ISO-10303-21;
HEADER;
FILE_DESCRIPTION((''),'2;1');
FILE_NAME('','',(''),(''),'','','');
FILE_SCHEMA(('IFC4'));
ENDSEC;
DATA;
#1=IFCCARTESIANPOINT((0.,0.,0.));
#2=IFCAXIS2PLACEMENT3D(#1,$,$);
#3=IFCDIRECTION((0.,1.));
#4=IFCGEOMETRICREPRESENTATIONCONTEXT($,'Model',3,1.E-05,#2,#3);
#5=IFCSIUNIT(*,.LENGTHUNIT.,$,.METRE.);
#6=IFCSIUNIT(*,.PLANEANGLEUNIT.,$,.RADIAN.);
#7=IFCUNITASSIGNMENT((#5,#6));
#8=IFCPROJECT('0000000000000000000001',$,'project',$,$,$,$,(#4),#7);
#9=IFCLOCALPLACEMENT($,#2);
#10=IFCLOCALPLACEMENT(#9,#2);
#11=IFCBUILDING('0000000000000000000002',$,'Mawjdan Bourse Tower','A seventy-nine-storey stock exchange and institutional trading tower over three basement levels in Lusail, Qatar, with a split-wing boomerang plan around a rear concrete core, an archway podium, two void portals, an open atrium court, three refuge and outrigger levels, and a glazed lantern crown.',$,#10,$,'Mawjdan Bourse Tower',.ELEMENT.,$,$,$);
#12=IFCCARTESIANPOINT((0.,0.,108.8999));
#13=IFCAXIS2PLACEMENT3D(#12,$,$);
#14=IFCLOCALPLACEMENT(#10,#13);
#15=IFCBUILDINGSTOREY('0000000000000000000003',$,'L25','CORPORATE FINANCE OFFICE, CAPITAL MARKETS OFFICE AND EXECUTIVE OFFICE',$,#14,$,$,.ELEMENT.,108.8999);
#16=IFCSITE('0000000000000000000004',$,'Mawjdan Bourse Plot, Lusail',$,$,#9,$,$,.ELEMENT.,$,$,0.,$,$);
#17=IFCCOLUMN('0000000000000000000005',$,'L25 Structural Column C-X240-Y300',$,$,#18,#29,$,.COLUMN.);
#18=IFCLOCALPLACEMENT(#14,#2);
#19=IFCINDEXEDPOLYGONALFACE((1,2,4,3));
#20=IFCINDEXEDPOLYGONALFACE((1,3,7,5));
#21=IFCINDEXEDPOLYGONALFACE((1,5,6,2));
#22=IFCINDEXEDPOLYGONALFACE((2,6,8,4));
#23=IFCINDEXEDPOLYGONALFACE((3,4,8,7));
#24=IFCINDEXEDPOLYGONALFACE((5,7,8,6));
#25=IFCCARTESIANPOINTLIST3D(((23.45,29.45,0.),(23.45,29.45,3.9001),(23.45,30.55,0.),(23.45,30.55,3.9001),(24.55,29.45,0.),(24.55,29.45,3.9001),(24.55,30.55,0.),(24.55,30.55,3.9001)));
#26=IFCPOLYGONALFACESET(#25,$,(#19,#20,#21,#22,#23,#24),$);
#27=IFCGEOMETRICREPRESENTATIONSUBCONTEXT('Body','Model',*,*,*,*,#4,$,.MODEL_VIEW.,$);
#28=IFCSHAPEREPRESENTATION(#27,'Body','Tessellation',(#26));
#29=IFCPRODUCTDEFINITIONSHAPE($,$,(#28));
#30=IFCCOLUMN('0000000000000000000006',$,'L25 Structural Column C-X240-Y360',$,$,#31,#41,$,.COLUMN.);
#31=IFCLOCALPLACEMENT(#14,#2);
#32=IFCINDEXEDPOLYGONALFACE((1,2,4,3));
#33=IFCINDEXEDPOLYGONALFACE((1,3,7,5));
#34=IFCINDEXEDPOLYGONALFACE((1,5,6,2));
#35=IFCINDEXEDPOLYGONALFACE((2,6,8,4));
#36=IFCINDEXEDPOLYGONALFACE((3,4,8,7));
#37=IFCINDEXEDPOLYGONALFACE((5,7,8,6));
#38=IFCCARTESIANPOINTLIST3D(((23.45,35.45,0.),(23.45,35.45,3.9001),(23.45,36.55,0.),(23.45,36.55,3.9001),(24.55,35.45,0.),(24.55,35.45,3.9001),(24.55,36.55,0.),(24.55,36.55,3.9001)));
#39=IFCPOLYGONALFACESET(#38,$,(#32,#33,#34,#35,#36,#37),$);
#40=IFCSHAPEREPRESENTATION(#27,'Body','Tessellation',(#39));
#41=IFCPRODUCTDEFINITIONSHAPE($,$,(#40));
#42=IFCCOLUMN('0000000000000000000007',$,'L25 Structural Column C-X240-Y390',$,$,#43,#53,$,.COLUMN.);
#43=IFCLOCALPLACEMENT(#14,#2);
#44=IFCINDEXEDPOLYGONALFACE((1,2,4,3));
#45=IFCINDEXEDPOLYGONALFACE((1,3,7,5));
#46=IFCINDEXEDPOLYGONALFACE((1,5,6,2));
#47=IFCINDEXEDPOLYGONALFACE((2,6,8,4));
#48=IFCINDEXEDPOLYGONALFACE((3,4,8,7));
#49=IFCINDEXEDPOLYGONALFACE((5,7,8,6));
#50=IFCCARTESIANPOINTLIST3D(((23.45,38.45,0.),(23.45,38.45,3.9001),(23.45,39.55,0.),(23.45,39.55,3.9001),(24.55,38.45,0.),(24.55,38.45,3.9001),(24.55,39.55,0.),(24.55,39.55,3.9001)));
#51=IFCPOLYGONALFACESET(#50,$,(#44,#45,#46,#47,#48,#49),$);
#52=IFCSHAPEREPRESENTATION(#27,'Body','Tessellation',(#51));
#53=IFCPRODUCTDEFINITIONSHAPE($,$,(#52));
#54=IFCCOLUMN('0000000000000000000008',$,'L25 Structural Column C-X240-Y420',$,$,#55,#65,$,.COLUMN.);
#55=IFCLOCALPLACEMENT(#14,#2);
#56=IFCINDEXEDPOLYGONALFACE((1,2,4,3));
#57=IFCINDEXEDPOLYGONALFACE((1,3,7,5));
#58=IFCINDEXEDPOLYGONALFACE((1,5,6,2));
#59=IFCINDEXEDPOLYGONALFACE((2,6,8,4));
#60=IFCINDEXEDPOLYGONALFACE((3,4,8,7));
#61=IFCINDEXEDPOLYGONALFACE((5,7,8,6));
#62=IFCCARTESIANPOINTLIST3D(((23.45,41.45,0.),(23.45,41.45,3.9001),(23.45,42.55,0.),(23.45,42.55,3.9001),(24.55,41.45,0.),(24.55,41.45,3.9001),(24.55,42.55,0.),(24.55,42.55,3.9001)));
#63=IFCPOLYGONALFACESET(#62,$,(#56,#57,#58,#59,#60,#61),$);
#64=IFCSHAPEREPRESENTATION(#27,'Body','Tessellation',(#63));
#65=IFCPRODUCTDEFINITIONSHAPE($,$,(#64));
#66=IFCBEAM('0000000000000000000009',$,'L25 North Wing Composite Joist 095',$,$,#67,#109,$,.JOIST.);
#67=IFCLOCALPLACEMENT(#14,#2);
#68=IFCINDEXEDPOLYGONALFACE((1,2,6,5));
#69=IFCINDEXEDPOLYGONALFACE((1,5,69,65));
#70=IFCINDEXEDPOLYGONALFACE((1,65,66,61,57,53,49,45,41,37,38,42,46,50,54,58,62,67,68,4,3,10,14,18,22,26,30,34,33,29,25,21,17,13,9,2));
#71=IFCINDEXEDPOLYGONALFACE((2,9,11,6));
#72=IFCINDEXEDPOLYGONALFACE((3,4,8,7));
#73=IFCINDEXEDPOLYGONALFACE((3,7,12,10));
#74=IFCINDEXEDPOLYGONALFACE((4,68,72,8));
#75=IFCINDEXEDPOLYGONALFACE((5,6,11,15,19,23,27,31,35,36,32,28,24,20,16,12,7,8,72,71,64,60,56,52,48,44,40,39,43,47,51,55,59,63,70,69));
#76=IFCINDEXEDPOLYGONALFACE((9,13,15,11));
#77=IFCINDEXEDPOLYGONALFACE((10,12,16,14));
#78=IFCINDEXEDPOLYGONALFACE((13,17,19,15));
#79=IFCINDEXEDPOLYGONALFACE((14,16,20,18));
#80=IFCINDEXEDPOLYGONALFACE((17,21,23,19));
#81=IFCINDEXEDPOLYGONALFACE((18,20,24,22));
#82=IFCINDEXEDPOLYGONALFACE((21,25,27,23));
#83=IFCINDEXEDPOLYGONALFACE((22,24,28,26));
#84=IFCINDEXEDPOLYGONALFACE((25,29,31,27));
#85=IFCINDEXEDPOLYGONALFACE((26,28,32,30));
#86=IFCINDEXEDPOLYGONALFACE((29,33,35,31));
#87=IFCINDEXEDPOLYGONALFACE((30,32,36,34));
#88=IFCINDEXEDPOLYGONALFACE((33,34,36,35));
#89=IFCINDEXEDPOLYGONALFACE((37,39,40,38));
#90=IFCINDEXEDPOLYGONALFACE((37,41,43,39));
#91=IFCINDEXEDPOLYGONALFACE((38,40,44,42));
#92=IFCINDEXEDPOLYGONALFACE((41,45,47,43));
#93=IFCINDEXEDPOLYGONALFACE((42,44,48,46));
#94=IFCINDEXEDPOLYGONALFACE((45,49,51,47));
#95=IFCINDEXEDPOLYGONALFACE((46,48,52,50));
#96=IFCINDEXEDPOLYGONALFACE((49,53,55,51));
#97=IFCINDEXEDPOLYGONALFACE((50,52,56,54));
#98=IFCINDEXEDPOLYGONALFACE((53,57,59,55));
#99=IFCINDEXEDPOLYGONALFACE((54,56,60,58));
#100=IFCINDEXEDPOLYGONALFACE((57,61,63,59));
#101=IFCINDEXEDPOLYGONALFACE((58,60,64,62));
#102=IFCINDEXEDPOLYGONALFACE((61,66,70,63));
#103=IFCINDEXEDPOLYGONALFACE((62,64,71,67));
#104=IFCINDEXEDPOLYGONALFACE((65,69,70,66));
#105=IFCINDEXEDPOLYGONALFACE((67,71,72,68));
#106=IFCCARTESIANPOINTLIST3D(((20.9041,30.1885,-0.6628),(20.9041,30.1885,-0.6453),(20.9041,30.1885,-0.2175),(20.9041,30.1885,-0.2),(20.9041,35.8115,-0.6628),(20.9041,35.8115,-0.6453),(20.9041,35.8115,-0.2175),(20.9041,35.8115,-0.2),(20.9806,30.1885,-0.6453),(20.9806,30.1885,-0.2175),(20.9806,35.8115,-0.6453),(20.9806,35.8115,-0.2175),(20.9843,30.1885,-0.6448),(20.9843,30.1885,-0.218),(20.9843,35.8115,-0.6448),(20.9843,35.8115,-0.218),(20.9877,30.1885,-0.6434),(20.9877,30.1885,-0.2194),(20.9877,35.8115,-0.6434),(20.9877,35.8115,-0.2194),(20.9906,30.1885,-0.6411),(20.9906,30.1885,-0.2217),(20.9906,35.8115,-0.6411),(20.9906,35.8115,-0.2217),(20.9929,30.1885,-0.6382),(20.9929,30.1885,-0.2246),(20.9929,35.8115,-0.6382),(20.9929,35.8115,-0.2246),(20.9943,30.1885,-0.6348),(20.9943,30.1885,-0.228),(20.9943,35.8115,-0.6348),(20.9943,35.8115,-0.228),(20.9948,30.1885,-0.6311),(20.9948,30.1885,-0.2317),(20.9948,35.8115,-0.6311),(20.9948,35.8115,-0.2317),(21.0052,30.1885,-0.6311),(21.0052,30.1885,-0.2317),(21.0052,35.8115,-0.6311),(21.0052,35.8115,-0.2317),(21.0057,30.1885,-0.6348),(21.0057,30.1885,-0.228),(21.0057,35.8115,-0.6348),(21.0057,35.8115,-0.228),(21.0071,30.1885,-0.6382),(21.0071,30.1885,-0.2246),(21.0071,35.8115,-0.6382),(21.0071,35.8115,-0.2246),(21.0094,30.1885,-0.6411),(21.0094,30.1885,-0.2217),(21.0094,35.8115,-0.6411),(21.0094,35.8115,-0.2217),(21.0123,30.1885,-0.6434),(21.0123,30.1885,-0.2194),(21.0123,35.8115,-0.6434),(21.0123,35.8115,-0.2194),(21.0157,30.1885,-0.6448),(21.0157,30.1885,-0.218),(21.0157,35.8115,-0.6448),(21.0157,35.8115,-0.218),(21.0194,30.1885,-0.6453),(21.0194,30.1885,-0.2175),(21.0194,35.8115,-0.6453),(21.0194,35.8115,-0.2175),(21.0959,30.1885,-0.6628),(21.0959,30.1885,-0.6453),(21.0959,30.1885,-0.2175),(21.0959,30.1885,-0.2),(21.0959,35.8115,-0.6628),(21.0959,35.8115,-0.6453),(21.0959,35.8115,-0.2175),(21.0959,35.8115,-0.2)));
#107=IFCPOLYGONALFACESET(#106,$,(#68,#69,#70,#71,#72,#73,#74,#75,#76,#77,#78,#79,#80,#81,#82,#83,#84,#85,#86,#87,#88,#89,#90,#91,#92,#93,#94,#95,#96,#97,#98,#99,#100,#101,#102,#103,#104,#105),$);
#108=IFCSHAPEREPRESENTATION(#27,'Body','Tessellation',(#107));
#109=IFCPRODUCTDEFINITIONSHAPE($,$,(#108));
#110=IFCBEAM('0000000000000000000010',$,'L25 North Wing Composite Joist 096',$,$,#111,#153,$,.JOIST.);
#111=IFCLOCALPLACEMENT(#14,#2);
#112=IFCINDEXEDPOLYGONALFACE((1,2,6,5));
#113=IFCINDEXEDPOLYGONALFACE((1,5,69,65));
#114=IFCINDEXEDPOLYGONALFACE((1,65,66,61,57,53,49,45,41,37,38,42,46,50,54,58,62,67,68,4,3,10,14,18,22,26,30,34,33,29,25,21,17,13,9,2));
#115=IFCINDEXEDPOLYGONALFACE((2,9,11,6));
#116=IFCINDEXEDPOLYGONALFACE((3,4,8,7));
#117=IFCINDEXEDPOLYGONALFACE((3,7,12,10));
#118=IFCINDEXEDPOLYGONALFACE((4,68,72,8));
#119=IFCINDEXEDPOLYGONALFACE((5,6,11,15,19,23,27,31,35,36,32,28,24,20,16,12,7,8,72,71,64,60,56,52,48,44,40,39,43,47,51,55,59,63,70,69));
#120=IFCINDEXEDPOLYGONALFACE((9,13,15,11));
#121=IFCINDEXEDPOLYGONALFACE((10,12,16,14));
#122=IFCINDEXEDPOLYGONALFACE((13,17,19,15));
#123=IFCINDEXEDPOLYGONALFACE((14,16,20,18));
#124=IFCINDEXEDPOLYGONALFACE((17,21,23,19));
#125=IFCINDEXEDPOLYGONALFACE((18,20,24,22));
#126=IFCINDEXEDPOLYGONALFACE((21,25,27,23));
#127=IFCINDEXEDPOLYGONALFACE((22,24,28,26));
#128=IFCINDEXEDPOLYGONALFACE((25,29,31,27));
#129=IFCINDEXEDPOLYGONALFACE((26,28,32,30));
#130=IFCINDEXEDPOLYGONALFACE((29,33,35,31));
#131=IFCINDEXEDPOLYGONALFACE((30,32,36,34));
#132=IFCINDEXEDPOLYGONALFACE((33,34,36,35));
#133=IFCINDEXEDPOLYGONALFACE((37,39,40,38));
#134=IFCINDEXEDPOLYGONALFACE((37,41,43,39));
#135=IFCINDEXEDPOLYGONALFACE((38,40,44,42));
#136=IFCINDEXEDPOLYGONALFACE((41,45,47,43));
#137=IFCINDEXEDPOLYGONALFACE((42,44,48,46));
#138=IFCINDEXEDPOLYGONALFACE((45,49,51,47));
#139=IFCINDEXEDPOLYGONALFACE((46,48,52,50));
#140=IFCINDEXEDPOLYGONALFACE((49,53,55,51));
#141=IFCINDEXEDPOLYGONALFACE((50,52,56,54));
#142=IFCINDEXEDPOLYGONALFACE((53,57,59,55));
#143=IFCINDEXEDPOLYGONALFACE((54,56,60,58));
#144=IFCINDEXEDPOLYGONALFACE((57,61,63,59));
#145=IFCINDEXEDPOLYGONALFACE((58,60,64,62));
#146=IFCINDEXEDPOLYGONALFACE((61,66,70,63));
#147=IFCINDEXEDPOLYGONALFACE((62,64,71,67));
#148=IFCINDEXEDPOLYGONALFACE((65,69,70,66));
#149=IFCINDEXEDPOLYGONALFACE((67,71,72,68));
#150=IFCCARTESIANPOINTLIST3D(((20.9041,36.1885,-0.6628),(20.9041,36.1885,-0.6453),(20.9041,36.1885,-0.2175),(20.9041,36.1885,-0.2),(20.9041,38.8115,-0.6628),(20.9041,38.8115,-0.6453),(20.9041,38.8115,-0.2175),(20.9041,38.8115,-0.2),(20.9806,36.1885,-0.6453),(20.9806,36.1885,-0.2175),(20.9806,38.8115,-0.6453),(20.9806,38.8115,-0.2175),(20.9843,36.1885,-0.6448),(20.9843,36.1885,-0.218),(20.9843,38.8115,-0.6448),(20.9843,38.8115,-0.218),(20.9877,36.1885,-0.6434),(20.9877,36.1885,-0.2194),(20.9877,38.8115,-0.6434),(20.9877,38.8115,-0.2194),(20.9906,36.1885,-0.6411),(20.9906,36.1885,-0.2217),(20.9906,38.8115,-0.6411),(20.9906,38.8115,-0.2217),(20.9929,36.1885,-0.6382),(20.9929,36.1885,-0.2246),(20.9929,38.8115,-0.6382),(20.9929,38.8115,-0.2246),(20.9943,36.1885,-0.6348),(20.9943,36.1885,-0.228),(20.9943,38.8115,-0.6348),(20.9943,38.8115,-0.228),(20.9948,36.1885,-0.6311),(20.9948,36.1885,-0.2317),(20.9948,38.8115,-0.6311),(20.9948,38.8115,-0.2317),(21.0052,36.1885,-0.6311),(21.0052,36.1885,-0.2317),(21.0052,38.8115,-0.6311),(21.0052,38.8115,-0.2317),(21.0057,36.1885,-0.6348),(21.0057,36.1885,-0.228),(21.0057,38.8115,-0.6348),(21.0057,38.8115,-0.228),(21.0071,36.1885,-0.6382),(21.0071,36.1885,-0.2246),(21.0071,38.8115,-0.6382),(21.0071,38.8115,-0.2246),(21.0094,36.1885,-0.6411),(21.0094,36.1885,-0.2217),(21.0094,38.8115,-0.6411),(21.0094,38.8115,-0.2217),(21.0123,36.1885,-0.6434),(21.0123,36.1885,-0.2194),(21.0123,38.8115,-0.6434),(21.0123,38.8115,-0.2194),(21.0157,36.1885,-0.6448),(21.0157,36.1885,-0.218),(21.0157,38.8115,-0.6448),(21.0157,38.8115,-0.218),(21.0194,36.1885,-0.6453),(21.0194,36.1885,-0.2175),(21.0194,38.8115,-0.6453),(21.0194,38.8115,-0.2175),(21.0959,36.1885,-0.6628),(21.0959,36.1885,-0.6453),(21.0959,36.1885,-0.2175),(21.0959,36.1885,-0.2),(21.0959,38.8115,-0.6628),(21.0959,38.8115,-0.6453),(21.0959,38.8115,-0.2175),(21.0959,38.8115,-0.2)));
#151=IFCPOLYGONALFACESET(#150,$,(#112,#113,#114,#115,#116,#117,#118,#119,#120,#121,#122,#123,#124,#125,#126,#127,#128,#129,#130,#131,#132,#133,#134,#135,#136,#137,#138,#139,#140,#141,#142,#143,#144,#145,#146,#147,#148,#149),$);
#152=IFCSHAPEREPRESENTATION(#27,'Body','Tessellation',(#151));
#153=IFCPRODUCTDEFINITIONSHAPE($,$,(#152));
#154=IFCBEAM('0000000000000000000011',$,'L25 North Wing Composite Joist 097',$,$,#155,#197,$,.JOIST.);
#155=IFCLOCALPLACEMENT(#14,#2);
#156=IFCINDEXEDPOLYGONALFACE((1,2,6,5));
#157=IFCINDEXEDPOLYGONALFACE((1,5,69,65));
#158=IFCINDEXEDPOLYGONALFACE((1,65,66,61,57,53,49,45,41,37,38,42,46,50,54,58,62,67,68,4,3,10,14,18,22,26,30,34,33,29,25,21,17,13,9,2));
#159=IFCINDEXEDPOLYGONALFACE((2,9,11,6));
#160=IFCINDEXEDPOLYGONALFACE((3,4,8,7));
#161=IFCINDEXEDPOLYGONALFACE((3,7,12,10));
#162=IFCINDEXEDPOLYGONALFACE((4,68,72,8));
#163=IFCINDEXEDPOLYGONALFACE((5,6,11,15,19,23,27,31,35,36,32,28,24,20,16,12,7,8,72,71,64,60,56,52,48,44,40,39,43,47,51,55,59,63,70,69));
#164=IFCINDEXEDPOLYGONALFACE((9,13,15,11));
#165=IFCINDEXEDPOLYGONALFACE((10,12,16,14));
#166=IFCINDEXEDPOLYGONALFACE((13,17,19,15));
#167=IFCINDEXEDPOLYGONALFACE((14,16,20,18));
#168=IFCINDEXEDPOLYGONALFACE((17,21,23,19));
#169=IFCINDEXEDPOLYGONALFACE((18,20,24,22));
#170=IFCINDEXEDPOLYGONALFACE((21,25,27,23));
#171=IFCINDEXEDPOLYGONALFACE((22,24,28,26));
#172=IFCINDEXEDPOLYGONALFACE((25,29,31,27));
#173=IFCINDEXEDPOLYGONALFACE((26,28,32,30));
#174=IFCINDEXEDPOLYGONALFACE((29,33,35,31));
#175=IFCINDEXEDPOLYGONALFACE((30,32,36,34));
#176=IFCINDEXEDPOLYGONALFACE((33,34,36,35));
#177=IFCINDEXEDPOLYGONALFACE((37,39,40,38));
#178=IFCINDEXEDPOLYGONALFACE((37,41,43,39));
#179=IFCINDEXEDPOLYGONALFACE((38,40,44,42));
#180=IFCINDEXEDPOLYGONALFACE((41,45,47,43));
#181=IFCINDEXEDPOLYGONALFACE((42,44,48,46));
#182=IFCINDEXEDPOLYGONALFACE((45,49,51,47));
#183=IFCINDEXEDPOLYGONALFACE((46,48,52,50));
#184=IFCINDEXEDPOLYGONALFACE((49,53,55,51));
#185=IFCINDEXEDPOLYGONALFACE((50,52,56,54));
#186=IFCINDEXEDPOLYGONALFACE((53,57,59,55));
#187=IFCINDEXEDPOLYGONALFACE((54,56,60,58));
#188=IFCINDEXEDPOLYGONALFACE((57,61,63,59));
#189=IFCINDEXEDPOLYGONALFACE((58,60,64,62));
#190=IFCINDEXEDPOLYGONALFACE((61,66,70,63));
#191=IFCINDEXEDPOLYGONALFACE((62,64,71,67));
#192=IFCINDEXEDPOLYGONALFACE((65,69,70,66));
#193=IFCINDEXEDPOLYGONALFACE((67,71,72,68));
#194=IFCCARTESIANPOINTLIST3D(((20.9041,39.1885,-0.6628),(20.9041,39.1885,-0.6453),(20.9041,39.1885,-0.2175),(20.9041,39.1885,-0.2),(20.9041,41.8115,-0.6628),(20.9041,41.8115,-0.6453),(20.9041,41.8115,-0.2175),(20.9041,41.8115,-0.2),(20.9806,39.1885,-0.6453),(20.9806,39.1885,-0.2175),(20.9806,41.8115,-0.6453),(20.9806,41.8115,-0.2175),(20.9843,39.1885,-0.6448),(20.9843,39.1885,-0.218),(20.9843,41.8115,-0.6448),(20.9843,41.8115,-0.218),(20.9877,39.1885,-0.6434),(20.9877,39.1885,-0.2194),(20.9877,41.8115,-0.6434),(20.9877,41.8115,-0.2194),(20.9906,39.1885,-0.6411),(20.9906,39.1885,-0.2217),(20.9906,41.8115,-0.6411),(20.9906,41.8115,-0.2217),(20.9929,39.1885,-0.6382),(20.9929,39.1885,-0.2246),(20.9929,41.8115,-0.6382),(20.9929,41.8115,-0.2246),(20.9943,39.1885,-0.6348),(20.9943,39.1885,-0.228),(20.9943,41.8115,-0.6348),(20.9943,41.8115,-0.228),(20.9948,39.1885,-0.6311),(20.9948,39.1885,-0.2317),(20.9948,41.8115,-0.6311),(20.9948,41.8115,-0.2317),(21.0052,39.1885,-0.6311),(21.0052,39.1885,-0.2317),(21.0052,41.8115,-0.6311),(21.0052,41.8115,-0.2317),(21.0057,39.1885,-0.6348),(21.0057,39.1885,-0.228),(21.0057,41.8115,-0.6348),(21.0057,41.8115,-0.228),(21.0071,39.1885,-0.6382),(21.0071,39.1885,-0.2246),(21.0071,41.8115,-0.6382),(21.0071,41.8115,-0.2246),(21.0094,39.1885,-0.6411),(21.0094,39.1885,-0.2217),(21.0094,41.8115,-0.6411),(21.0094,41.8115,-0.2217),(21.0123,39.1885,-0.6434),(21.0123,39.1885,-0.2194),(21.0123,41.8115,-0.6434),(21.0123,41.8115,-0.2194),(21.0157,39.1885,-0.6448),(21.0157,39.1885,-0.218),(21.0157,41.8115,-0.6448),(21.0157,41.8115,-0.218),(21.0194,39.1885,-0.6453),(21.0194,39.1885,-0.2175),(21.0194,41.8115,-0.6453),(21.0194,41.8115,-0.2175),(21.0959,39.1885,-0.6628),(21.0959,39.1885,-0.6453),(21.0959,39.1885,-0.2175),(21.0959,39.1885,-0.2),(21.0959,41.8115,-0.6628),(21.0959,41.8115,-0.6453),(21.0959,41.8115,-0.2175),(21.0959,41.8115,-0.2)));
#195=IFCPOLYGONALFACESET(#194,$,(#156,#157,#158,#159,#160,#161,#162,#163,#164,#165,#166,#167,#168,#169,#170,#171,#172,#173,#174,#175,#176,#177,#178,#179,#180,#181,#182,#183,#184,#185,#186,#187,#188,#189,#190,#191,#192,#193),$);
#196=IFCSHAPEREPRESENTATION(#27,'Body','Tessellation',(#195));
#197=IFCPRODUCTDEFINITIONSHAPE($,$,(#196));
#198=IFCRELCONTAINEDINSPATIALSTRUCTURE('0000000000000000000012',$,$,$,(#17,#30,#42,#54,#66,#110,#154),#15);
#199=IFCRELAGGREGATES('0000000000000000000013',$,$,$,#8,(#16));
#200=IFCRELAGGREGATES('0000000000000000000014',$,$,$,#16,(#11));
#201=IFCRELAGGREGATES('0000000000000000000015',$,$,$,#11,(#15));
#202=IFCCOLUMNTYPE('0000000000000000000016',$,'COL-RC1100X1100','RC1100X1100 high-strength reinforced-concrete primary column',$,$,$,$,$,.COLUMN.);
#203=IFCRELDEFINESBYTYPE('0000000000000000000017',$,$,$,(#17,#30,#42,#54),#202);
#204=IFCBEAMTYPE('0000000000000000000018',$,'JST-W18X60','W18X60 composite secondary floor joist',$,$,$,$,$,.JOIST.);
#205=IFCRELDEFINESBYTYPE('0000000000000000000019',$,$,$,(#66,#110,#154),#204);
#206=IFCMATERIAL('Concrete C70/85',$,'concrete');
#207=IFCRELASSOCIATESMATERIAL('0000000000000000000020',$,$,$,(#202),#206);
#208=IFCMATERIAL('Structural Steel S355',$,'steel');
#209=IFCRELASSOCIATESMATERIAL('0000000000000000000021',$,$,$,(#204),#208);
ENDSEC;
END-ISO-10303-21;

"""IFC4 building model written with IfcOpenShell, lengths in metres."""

from ifc_helpers import new_model, si_unit, direction, frame, origin, origin_2d, place, context, subcontext, project, spatial, rectangle, i_section, extrude, material, material_profile, profile_set, type_object, element, save


model = new_model("IFC4")

# Units and contexts
model_context = context("Model", 3, precision=1e-05, world=origin(), true_north=direction((0.0, 1.0)))
body_context = subcontext(model_context, "Body", "Model", "MODEL_VIEW")
ifc_project = project(units=[si_unit("LENGTHUNIT", "METRE"), si_unit("PLANEANGLEUNIT", "RADIAN")], contexts=[model_context])

# Site, building, storey
site_placement = place(None, origin())
site = spatial("IfcSite", under=ifc_project, at=site_placement, Name="Mawjdan Bourse Plot, Lusail", CompositionType="ELEMENT", RefElevation=0.0)
building_placement = place(site_placement, origin())
building = spatial("IfcBuilding", under=site, at=building_placement, Name="Mawjdan Bourse Tower", Description="A seventy-nine-storey stock exchange and institutional trading tower over three basement levels in Lusail, Qatar, with a split-wing boomerang plan around a rear concrete core, an archway podium, two void portals, an open atrium court, three refuge and outrigger levels, and a glazed lantern crown.", LongName="Mawjdan Bourse Tower", CompositionType="ELEMENT")
storey_placement = place(building_placement, frame((0.0, 0.0, 108.8999)))
storey = spatial("IfcBuildingStorey", under=building, at=storey_placement, Name="L25", Description="CORPORATE FINANCE OFFICE, CAPITAL MARKETS OFFICE AND EXECUTIVE OFFICE", CompositionType="ELEMENT", Elevation=108.8999)

# Columns
ifc_material_1 = material(Name="Concrete C70/85", Category="concrete")
ifc_material_profile_1 = material_profile(ifc_material_1, rectangle(XDim=1.1001, YDim=1.1001, at=origin_2d()), Name="RC1100X1100")
ifc_profile_set_1 = profile_set([ifc_material_profile_1], Name="Concrete C70/85")
column_type = type_object("IfcColumnType", Name="COL-RC1100X1100", Description="RC1100X1100 high-strength reinforced-concrete primary column", PredefinedType="COLUMN", material=ifc_profile_set_1)
for number, where, z_axis, x_axis, name in (
    (1, (24.0, 30.0, 0.0), (0.0, 0.0, 1.0), (1.0, 0.0, 0.0), "L25 Structural Column C-X240-Y300"),
    (2, (24.0, 36.0, 0.0), (0.0, 0.0, 1.0), (1.0, 0.0, 0.0), "L25 Structural Column C-X240-Y360"),
    (3, (24.0, 39.0, 0.0), (0.0, 0.0, 1.0), (1.0, 0.0, 0.0), "L25 Structural Column C-X240-Y390"),
    (4, (24.0, 42.0, 0.0), (0.0, 0.0, 1.0), (1.0, 0.0, 0.0), "L25 Structural Column C-X240-Y420"),
):
    element("IfcColumn", number, at=place(storey_placement, frame(where, z_axis=z_axis, x_axis=x_axis)), inside=storey, type_object=column_type, Name=name, PredefinedType="COLUMN", context=body_context, shape_type="SweptSolid", body=[
        extrude(rectangle(XDim=1.1001, YDim=1.1001, at=origin_2d()), origin(), (0.0, 0.0, 1.0), 3.9001),
    ])

# Beams
ifc_material_2 = material(Name="Structural Steel S355", Category="steel")
ifc_material_profile_2 = material_profile(ifc_material_2, i_section(OverallWidth=0.1919, OverallDepth=0.4629, WebThickness=0.0105, FlangeThickness=0.0176, FilletRadius=0.0142, at=origin_2d()), Name="W18X60")
ifc_profile_set_2 = profile_set([ifc_material_profile_2], Name="Structural Steel S355")
beam_type_1 = type_object("IfcBeamType", Name="JST-W18X60", Description="W18X60 composite secondary floor joist", PredefinedType="JOIST", material=ifc_profile_set_2)
beam_placement = place(storey_placement, frame((21.0, 30.1885, -0.4314), z_axis=(0.0, 1.0, 0.0), x_axis=(-1.0, 0.0, 0.0)))
element("IfcBeam", 5, at=beam_placement, inside=storey, type_object=beam_type_1, Name="L25 North Wing Composite Joist 095", PredefinedType="JOIST", context=body_context, shape_type="SweptSolid", body=[
    extrude(i_section(OverallWidth=0.1919, OverallDepth=0.4629, WebThickness=0.0105, FlangeThickness=0.0176, FilletRadius=0.0142, at=origin_2d()), origin(), (0.0, 0.0, 1.0), 5.623),
])
for number, where, z_axis, x_axis, name in (
    (6, (21.0, 36.1885, -0.4314), (0.0, 1.0, 0.0), (-1.0, 0.0, 0.0), "L25 North Wing Composite Joist 096"),
    (7, (21.0, 39.1885, -0.4314), (0.0, 1.0, 0.0), (-1.0, 0.0, 0.0), "L25 North Wing Composite Joist 097"),
):
    element("IfcBeam", number, at=place(storey_placement, frame(where, z_axis=z_axis, x_axis=x_axis)), inside=storey, type_object=beam_type_1, Name=name, PredefinedType="JOIST", context=body_context, shape_type="SweptSolid", body=[
        extrude(i_section(OverallWidth=0.1919, OverallDepth=0.4629, WebThickness=0.0105, FlangeThickness=0.0176, FilletRadius=0.0142, at=origin_2d()), origin(), (0.0, 0.0, 1.0), 2.623),
    ])

save(model, "model.ifc")
